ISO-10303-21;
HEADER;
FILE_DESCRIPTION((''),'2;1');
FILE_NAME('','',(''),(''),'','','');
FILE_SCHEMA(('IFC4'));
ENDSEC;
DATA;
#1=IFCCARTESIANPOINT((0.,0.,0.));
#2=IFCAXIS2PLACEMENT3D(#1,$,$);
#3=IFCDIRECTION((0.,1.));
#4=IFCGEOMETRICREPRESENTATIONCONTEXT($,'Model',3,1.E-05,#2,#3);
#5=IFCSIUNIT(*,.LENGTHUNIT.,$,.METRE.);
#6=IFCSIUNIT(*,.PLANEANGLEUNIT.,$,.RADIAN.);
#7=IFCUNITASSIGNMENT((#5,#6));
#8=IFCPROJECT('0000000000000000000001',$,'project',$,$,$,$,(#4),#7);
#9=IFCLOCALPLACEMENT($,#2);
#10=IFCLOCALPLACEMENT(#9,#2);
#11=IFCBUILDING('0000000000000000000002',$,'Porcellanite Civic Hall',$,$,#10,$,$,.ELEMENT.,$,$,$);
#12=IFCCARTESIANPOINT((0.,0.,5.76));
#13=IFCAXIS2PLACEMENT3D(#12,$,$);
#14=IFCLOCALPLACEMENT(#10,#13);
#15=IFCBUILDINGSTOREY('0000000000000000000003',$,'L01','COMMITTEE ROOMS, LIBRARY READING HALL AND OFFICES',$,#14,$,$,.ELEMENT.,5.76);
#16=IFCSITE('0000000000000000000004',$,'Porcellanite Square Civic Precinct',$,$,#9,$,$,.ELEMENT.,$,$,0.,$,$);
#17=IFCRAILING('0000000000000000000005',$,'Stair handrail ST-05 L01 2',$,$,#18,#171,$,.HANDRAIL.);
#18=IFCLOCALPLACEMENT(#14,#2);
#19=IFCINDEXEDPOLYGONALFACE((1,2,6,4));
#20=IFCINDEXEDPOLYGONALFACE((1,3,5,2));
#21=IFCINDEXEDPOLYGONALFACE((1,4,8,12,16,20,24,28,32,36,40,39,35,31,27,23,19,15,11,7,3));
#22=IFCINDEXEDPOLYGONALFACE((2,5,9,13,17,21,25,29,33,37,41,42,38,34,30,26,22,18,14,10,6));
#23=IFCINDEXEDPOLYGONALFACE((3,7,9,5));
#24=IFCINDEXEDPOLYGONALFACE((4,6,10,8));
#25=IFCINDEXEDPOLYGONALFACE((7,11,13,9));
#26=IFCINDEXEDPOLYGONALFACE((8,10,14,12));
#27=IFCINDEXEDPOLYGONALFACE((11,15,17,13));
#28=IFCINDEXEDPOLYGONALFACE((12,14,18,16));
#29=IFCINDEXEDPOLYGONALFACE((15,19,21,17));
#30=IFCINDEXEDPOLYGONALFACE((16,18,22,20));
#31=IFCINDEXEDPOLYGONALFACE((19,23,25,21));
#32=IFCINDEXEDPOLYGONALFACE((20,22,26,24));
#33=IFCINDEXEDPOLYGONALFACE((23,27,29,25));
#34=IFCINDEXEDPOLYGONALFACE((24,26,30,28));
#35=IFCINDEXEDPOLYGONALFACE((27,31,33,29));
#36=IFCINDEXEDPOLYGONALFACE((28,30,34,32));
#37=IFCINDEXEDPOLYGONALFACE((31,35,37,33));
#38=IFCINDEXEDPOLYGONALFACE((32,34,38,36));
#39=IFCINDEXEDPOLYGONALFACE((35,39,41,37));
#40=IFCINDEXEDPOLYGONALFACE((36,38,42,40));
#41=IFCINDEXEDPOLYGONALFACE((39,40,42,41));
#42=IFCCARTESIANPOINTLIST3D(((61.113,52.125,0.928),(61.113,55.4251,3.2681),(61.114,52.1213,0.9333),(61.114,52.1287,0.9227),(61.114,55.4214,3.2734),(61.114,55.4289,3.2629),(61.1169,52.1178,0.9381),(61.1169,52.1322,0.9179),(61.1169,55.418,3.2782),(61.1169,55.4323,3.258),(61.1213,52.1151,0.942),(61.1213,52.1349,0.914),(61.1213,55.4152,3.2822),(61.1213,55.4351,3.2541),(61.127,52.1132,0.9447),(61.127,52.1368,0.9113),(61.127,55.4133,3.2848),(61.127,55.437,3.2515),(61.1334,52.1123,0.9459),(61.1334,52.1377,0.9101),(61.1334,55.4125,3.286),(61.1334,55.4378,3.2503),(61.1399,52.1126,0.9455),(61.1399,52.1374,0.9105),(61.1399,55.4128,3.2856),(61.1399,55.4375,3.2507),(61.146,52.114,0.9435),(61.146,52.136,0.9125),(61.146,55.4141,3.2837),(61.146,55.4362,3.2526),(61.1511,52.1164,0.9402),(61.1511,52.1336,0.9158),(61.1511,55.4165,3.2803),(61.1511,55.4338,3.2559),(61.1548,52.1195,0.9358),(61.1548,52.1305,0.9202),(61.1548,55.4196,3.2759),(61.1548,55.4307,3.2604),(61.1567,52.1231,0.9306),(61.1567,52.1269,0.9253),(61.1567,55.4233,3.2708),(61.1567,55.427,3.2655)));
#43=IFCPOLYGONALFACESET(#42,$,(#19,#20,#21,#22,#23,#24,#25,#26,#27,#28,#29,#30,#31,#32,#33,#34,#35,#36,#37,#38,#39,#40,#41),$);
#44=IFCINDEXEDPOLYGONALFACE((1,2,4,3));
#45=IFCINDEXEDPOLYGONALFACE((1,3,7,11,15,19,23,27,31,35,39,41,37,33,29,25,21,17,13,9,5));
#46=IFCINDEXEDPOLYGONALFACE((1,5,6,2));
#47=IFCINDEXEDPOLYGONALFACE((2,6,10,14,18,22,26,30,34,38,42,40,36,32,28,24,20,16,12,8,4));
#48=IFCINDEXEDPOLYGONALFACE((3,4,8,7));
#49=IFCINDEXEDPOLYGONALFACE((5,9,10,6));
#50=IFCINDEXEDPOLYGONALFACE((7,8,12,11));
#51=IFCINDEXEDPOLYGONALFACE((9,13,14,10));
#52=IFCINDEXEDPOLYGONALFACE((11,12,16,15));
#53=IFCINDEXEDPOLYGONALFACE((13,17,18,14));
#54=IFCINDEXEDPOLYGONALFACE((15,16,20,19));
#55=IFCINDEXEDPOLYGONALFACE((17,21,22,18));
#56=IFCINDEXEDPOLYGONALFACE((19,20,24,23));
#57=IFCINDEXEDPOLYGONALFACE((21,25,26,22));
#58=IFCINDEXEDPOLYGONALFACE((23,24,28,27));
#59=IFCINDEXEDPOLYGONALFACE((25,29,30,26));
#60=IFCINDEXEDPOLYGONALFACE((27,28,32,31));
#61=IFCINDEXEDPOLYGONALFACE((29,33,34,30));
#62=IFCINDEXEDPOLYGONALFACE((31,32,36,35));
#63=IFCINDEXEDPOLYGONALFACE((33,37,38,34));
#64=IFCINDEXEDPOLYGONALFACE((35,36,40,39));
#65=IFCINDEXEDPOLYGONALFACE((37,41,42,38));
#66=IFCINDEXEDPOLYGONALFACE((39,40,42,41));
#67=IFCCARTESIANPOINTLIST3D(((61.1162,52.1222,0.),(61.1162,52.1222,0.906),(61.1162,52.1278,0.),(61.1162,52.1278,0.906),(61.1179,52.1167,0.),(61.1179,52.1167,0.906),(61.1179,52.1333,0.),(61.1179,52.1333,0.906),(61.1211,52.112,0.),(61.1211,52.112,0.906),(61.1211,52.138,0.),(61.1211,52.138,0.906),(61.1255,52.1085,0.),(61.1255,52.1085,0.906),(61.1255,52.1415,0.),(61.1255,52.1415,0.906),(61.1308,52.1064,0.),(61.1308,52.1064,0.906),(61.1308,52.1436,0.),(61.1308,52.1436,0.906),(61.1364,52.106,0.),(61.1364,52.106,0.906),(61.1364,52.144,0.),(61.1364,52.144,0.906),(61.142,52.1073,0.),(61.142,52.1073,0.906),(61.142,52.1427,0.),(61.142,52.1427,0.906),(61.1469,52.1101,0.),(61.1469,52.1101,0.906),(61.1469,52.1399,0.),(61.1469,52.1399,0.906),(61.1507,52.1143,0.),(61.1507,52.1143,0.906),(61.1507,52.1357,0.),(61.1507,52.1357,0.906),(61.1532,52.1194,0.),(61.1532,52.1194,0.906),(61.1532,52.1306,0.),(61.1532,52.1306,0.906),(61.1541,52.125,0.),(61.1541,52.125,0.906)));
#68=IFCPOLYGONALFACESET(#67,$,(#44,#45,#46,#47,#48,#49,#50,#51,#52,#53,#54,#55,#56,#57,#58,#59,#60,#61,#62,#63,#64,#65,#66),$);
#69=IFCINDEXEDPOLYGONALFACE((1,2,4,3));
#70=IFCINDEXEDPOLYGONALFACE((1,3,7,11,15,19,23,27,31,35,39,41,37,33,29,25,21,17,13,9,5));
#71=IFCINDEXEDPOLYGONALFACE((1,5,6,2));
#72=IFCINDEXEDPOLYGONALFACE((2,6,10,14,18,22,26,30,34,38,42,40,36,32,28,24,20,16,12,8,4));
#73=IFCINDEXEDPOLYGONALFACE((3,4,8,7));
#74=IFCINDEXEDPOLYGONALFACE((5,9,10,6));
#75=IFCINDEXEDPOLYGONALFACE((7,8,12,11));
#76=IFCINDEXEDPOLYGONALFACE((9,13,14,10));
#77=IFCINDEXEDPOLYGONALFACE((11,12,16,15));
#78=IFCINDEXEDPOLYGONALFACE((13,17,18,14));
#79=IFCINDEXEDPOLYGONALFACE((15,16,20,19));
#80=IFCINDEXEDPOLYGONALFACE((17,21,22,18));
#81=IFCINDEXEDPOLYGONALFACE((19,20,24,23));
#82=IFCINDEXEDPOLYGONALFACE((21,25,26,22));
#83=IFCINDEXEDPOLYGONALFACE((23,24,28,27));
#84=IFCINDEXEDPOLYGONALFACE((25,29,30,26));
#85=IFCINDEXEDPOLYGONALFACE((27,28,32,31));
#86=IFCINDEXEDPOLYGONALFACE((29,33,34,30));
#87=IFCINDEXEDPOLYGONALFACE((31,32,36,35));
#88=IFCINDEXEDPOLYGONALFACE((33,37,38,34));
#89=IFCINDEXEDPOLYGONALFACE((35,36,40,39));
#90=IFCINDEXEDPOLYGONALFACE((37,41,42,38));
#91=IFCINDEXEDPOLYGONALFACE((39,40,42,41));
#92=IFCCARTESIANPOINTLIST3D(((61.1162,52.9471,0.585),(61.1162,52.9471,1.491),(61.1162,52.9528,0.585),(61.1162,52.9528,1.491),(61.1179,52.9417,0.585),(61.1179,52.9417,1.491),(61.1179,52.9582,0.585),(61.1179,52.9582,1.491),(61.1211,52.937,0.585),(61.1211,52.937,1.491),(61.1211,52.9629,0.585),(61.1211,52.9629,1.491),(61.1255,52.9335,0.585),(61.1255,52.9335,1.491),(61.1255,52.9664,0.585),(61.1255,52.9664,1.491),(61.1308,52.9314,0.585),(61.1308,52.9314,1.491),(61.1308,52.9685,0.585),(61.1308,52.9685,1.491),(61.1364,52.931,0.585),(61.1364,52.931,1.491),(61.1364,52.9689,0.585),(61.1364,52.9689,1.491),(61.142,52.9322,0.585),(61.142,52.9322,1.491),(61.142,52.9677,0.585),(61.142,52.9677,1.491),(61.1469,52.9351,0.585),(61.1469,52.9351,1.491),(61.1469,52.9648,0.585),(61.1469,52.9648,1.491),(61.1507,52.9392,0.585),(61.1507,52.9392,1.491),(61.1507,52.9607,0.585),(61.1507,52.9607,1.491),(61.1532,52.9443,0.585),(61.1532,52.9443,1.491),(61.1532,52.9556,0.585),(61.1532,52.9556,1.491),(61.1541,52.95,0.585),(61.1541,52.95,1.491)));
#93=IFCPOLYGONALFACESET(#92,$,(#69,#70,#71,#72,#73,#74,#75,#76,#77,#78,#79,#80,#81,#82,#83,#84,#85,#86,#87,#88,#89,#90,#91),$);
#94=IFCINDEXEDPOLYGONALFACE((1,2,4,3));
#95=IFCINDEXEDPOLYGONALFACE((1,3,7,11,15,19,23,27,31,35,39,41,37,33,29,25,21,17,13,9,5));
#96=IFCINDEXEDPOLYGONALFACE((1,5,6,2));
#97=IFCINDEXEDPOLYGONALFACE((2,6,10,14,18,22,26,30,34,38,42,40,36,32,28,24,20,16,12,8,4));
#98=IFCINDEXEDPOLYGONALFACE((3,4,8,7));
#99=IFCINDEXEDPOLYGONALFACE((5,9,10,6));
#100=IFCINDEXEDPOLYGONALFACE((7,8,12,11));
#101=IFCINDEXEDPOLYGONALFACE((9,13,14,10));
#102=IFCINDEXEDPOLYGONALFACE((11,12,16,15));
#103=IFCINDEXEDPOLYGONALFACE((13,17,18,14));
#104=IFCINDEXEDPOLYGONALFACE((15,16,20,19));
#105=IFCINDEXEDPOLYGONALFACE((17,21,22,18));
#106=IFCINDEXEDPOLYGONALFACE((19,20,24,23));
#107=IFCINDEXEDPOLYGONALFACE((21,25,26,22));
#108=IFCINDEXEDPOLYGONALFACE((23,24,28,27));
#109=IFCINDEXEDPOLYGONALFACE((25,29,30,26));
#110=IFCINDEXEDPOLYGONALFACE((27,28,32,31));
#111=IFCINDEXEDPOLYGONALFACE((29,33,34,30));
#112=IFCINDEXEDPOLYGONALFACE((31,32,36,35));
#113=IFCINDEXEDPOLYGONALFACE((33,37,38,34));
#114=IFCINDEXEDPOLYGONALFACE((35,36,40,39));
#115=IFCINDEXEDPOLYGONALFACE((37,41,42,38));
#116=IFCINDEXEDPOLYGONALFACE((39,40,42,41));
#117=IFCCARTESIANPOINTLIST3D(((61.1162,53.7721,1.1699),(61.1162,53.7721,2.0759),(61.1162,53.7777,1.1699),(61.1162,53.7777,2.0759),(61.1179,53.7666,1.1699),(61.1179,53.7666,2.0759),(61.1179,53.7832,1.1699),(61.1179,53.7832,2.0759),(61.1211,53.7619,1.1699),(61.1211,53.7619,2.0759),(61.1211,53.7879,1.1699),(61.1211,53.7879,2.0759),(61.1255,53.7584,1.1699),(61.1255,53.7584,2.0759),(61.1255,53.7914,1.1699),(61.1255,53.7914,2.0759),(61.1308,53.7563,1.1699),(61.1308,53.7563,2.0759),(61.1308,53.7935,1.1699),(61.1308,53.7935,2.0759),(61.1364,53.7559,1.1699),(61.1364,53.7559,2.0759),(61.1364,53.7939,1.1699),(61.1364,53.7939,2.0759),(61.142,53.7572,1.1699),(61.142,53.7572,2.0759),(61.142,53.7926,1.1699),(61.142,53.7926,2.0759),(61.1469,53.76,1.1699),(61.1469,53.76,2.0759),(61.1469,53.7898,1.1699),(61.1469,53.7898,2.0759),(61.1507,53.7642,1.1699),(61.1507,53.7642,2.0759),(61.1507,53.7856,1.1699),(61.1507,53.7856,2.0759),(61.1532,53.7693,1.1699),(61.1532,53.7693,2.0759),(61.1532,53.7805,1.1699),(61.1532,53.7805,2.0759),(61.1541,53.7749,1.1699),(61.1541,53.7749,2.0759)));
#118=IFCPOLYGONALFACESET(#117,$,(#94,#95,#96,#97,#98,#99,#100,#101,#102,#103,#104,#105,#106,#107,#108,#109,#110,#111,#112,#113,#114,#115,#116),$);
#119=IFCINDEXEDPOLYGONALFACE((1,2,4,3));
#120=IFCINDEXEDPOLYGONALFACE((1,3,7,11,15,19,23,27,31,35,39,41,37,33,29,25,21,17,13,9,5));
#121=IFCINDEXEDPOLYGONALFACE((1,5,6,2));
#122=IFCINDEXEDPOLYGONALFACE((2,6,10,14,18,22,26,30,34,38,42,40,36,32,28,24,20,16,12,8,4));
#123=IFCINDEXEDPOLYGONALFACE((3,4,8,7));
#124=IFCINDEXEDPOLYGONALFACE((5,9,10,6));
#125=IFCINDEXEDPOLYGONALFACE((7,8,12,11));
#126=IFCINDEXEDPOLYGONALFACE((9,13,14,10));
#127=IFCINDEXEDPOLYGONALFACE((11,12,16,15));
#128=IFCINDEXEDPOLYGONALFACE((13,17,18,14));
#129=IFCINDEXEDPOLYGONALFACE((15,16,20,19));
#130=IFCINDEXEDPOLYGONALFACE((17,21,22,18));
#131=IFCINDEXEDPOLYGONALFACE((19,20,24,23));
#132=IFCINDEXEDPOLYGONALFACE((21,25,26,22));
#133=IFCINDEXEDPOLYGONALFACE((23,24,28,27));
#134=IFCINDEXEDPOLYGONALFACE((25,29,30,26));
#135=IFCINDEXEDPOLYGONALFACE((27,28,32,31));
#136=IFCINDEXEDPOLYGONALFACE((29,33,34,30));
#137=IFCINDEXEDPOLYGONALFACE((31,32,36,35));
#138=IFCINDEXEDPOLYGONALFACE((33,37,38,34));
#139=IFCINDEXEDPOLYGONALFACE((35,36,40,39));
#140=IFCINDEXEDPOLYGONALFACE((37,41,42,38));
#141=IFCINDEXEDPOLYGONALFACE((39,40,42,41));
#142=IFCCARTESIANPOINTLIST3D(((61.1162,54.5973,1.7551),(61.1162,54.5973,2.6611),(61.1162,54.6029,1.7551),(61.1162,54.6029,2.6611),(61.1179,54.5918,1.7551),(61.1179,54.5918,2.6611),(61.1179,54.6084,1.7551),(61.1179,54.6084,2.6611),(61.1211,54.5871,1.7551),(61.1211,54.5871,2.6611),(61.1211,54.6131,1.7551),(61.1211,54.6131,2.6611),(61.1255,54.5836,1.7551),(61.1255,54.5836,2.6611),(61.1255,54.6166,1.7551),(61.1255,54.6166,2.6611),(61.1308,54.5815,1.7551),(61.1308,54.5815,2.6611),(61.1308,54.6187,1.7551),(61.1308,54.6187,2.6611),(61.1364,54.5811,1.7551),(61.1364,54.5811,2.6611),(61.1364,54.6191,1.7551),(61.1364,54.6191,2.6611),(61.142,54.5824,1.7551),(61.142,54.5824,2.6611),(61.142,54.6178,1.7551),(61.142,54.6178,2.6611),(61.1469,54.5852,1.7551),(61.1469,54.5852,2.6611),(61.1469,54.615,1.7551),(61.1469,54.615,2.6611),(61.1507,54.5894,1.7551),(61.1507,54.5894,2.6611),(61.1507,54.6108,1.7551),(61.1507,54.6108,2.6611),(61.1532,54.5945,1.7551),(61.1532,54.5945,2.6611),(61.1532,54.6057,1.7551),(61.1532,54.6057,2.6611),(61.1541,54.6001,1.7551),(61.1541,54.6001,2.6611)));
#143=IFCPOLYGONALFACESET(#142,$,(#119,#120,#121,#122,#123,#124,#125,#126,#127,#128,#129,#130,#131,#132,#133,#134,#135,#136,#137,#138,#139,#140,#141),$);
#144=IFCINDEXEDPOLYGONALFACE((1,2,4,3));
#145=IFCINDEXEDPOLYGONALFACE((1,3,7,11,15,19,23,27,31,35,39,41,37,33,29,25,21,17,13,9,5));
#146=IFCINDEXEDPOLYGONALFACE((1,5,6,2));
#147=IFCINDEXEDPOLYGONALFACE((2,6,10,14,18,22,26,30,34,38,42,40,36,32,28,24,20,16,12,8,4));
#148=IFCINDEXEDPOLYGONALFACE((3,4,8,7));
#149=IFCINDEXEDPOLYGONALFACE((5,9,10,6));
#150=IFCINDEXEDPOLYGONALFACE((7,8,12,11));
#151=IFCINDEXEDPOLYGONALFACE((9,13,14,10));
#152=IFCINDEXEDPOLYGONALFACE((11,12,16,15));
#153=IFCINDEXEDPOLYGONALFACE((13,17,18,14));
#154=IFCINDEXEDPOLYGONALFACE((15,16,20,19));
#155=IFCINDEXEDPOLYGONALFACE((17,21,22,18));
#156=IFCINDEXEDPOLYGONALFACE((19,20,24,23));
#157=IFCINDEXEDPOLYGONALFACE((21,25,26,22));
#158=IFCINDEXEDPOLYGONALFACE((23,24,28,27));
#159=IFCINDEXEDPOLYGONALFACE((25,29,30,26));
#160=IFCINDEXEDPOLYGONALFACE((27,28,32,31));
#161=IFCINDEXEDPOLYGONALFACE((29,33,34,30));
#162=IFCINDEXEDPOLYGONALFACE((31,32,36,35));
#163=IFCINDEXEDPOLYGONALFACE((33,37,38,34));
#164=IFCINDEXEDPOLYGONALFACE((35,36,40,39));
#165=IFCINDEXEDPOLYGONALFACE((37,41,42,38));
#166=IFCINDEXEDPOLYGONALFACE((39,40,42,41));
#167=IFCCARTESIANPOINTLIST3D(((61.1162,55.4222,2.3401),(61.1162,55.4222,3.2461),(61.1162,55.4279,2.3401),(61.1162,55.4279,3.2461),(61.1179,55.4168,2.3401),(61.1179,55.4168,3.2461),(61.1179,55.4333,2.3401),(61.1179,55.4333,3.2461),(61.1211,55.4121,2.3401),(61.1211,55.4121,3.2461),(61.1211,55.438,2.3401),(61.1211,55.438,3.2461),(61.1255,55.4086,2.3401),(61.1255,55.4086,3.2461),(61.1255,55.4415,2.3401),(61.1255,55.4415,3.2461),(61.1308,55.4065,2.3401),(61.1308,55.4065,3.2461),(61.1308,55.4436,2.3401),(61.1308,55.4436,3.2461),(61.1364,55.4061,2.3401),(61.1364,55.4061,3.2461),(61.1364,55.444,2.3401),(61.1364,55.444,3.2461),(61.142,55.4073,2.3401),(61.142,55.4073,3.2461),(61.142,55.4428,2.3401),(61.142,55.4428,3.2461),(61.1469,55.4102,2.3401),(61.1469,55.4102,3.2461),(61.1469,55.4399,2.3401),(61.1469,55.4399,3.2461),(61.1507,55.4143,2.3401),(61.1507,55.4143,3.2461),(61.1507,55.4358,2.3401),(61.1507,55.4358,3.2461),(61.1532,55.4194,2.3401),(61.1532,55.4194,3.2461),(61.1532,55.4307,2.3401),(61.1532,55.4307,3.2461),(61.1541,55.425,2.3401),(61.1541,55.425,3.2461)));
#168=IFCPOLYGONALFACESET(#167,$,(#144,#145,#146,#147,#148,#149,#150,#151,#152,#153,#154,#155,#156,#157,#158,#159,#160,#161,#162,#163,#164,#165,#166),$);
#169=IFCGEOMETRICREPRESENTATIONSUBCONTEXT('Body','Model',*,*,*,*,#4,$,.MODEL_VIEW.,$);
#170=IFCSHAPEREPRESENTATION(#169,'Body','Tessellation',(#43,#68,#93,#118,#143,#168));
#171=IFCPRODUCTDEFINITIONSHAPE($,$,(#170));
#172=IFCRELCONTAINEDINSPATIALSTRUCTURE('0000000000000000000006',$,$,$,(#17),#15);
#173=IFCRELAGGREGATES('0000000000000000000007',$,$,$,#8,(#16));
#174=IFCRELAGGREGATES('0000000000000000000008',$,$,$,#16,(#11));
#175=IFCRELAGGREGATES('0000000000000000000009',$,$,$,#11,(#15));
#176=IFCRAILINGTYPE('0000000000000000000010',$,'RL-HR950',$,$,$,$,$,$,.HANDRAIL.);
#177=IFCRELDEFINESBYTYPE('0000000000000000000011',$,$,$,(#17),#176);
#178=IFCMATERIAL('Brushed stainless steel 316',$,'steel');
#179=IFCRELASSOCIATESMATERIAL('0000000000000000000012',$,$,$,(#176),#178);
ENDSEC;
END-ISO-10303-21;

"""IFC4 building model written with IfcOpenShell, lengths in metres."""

from ifc_helpers import new_model, si_unit, direction, frame, origin, origin_2d, place, context, subcontext, project, spatial, circle, extrude, material, type_object, element, save


model = new_model("IFC4")

# Units and contexts
model_context = context("Model", 3, precision=1e-05, world=origin(), true_north=direction((0.0, 1.0)))
body_context = subcontext(model_context, "Body", "Model", "MODEL_VIEW")
ifc_project = project(units=[si_unit("LENGTHUNIT", "METRE"), si_unit("PLANEANGLEUNIT", "RADIAN")], contexts=[model_context])

# Site, building, storey
site_placement = place(None, origin())
site = spatial("IfcSite", under=ifc_project, at=site_placement, Name="Porcellanite Square Civic Precinct", CompositionType="ELEMENT", RefElevation=0.0)
building_placement = place(site_placement, origin())
building = spatial("IfcBuilding", under=site, at=building_placement, Name="Porcellanite Civic Hall", CompositionType="ELEMENT")
storey_placement = place(building_placement, frame((0.0, 0.0, 5.76)))
storey = spatial("IfcBuildingStorey", under=building, at=storey_placement, Name="L01", Description="COMMITTEE ROOMS, LIBRARY READING HALL AND OFFICES", CompositionType="ELEMENT", Elevation=5.76)

# Railing
ifc_material_1 = material(Name="Brushed stainless steel 316", Category="steel")
railing_type_1 = type_object("IfcRailingType", Name="RL-HR950", PredefinedType="HANDRAIL", material=ifc_material_1)
railing_1_placement = place(storey_placement, frame((61.135, 52.125, 0.0)))
element("IfcRailing", 1, at=railing_1_placement, inside=storey, type_object=railing_type_1, Name="Stair handrail ST-05 L01 2", PredefinedType="HANDRAIL", context=body_context, shape_type="SweptSolid", body=[
    extrude(circle(Radius=0.022, at=origin_2d()), frame((0.0, 0.0, 0.928), z_axis=(0.0, 0.815727, 0.578438), x_axis=(-1.0, 0.0, 0.0)), (0.0, 0.0, 1.0), 4.0457),
    extrude(circle(Radius=0.019, at=origin_2d()), origin(), (0.0, 0.0, 1.0), 0.906),
    extrude(circle(Radius=0.019, at=origin_2d()), frame((0.0, 0.825, 0.585)), (0.0, 0.0, 1.0), 0.906),
    extrude(circle(Radius=0.019, at=origin_2d()), frame((0.0, 1.6499, 1.1699)), (0.0, 0.0, 1.0), 0.906),
    extrude(circle(Radius=0.019, at=origin_2d()), frame((0.0, 2.4751, 1.7551)), (0.0, 0.0, 1.0), 0.906),
    extrude(circle(Radius=0.019, at=origin_2d()), frame((0.0, 3.3, 2.3401)), (0.0, 0.0, 1.0), 0.906),
])

save(model, "model.ifc")
